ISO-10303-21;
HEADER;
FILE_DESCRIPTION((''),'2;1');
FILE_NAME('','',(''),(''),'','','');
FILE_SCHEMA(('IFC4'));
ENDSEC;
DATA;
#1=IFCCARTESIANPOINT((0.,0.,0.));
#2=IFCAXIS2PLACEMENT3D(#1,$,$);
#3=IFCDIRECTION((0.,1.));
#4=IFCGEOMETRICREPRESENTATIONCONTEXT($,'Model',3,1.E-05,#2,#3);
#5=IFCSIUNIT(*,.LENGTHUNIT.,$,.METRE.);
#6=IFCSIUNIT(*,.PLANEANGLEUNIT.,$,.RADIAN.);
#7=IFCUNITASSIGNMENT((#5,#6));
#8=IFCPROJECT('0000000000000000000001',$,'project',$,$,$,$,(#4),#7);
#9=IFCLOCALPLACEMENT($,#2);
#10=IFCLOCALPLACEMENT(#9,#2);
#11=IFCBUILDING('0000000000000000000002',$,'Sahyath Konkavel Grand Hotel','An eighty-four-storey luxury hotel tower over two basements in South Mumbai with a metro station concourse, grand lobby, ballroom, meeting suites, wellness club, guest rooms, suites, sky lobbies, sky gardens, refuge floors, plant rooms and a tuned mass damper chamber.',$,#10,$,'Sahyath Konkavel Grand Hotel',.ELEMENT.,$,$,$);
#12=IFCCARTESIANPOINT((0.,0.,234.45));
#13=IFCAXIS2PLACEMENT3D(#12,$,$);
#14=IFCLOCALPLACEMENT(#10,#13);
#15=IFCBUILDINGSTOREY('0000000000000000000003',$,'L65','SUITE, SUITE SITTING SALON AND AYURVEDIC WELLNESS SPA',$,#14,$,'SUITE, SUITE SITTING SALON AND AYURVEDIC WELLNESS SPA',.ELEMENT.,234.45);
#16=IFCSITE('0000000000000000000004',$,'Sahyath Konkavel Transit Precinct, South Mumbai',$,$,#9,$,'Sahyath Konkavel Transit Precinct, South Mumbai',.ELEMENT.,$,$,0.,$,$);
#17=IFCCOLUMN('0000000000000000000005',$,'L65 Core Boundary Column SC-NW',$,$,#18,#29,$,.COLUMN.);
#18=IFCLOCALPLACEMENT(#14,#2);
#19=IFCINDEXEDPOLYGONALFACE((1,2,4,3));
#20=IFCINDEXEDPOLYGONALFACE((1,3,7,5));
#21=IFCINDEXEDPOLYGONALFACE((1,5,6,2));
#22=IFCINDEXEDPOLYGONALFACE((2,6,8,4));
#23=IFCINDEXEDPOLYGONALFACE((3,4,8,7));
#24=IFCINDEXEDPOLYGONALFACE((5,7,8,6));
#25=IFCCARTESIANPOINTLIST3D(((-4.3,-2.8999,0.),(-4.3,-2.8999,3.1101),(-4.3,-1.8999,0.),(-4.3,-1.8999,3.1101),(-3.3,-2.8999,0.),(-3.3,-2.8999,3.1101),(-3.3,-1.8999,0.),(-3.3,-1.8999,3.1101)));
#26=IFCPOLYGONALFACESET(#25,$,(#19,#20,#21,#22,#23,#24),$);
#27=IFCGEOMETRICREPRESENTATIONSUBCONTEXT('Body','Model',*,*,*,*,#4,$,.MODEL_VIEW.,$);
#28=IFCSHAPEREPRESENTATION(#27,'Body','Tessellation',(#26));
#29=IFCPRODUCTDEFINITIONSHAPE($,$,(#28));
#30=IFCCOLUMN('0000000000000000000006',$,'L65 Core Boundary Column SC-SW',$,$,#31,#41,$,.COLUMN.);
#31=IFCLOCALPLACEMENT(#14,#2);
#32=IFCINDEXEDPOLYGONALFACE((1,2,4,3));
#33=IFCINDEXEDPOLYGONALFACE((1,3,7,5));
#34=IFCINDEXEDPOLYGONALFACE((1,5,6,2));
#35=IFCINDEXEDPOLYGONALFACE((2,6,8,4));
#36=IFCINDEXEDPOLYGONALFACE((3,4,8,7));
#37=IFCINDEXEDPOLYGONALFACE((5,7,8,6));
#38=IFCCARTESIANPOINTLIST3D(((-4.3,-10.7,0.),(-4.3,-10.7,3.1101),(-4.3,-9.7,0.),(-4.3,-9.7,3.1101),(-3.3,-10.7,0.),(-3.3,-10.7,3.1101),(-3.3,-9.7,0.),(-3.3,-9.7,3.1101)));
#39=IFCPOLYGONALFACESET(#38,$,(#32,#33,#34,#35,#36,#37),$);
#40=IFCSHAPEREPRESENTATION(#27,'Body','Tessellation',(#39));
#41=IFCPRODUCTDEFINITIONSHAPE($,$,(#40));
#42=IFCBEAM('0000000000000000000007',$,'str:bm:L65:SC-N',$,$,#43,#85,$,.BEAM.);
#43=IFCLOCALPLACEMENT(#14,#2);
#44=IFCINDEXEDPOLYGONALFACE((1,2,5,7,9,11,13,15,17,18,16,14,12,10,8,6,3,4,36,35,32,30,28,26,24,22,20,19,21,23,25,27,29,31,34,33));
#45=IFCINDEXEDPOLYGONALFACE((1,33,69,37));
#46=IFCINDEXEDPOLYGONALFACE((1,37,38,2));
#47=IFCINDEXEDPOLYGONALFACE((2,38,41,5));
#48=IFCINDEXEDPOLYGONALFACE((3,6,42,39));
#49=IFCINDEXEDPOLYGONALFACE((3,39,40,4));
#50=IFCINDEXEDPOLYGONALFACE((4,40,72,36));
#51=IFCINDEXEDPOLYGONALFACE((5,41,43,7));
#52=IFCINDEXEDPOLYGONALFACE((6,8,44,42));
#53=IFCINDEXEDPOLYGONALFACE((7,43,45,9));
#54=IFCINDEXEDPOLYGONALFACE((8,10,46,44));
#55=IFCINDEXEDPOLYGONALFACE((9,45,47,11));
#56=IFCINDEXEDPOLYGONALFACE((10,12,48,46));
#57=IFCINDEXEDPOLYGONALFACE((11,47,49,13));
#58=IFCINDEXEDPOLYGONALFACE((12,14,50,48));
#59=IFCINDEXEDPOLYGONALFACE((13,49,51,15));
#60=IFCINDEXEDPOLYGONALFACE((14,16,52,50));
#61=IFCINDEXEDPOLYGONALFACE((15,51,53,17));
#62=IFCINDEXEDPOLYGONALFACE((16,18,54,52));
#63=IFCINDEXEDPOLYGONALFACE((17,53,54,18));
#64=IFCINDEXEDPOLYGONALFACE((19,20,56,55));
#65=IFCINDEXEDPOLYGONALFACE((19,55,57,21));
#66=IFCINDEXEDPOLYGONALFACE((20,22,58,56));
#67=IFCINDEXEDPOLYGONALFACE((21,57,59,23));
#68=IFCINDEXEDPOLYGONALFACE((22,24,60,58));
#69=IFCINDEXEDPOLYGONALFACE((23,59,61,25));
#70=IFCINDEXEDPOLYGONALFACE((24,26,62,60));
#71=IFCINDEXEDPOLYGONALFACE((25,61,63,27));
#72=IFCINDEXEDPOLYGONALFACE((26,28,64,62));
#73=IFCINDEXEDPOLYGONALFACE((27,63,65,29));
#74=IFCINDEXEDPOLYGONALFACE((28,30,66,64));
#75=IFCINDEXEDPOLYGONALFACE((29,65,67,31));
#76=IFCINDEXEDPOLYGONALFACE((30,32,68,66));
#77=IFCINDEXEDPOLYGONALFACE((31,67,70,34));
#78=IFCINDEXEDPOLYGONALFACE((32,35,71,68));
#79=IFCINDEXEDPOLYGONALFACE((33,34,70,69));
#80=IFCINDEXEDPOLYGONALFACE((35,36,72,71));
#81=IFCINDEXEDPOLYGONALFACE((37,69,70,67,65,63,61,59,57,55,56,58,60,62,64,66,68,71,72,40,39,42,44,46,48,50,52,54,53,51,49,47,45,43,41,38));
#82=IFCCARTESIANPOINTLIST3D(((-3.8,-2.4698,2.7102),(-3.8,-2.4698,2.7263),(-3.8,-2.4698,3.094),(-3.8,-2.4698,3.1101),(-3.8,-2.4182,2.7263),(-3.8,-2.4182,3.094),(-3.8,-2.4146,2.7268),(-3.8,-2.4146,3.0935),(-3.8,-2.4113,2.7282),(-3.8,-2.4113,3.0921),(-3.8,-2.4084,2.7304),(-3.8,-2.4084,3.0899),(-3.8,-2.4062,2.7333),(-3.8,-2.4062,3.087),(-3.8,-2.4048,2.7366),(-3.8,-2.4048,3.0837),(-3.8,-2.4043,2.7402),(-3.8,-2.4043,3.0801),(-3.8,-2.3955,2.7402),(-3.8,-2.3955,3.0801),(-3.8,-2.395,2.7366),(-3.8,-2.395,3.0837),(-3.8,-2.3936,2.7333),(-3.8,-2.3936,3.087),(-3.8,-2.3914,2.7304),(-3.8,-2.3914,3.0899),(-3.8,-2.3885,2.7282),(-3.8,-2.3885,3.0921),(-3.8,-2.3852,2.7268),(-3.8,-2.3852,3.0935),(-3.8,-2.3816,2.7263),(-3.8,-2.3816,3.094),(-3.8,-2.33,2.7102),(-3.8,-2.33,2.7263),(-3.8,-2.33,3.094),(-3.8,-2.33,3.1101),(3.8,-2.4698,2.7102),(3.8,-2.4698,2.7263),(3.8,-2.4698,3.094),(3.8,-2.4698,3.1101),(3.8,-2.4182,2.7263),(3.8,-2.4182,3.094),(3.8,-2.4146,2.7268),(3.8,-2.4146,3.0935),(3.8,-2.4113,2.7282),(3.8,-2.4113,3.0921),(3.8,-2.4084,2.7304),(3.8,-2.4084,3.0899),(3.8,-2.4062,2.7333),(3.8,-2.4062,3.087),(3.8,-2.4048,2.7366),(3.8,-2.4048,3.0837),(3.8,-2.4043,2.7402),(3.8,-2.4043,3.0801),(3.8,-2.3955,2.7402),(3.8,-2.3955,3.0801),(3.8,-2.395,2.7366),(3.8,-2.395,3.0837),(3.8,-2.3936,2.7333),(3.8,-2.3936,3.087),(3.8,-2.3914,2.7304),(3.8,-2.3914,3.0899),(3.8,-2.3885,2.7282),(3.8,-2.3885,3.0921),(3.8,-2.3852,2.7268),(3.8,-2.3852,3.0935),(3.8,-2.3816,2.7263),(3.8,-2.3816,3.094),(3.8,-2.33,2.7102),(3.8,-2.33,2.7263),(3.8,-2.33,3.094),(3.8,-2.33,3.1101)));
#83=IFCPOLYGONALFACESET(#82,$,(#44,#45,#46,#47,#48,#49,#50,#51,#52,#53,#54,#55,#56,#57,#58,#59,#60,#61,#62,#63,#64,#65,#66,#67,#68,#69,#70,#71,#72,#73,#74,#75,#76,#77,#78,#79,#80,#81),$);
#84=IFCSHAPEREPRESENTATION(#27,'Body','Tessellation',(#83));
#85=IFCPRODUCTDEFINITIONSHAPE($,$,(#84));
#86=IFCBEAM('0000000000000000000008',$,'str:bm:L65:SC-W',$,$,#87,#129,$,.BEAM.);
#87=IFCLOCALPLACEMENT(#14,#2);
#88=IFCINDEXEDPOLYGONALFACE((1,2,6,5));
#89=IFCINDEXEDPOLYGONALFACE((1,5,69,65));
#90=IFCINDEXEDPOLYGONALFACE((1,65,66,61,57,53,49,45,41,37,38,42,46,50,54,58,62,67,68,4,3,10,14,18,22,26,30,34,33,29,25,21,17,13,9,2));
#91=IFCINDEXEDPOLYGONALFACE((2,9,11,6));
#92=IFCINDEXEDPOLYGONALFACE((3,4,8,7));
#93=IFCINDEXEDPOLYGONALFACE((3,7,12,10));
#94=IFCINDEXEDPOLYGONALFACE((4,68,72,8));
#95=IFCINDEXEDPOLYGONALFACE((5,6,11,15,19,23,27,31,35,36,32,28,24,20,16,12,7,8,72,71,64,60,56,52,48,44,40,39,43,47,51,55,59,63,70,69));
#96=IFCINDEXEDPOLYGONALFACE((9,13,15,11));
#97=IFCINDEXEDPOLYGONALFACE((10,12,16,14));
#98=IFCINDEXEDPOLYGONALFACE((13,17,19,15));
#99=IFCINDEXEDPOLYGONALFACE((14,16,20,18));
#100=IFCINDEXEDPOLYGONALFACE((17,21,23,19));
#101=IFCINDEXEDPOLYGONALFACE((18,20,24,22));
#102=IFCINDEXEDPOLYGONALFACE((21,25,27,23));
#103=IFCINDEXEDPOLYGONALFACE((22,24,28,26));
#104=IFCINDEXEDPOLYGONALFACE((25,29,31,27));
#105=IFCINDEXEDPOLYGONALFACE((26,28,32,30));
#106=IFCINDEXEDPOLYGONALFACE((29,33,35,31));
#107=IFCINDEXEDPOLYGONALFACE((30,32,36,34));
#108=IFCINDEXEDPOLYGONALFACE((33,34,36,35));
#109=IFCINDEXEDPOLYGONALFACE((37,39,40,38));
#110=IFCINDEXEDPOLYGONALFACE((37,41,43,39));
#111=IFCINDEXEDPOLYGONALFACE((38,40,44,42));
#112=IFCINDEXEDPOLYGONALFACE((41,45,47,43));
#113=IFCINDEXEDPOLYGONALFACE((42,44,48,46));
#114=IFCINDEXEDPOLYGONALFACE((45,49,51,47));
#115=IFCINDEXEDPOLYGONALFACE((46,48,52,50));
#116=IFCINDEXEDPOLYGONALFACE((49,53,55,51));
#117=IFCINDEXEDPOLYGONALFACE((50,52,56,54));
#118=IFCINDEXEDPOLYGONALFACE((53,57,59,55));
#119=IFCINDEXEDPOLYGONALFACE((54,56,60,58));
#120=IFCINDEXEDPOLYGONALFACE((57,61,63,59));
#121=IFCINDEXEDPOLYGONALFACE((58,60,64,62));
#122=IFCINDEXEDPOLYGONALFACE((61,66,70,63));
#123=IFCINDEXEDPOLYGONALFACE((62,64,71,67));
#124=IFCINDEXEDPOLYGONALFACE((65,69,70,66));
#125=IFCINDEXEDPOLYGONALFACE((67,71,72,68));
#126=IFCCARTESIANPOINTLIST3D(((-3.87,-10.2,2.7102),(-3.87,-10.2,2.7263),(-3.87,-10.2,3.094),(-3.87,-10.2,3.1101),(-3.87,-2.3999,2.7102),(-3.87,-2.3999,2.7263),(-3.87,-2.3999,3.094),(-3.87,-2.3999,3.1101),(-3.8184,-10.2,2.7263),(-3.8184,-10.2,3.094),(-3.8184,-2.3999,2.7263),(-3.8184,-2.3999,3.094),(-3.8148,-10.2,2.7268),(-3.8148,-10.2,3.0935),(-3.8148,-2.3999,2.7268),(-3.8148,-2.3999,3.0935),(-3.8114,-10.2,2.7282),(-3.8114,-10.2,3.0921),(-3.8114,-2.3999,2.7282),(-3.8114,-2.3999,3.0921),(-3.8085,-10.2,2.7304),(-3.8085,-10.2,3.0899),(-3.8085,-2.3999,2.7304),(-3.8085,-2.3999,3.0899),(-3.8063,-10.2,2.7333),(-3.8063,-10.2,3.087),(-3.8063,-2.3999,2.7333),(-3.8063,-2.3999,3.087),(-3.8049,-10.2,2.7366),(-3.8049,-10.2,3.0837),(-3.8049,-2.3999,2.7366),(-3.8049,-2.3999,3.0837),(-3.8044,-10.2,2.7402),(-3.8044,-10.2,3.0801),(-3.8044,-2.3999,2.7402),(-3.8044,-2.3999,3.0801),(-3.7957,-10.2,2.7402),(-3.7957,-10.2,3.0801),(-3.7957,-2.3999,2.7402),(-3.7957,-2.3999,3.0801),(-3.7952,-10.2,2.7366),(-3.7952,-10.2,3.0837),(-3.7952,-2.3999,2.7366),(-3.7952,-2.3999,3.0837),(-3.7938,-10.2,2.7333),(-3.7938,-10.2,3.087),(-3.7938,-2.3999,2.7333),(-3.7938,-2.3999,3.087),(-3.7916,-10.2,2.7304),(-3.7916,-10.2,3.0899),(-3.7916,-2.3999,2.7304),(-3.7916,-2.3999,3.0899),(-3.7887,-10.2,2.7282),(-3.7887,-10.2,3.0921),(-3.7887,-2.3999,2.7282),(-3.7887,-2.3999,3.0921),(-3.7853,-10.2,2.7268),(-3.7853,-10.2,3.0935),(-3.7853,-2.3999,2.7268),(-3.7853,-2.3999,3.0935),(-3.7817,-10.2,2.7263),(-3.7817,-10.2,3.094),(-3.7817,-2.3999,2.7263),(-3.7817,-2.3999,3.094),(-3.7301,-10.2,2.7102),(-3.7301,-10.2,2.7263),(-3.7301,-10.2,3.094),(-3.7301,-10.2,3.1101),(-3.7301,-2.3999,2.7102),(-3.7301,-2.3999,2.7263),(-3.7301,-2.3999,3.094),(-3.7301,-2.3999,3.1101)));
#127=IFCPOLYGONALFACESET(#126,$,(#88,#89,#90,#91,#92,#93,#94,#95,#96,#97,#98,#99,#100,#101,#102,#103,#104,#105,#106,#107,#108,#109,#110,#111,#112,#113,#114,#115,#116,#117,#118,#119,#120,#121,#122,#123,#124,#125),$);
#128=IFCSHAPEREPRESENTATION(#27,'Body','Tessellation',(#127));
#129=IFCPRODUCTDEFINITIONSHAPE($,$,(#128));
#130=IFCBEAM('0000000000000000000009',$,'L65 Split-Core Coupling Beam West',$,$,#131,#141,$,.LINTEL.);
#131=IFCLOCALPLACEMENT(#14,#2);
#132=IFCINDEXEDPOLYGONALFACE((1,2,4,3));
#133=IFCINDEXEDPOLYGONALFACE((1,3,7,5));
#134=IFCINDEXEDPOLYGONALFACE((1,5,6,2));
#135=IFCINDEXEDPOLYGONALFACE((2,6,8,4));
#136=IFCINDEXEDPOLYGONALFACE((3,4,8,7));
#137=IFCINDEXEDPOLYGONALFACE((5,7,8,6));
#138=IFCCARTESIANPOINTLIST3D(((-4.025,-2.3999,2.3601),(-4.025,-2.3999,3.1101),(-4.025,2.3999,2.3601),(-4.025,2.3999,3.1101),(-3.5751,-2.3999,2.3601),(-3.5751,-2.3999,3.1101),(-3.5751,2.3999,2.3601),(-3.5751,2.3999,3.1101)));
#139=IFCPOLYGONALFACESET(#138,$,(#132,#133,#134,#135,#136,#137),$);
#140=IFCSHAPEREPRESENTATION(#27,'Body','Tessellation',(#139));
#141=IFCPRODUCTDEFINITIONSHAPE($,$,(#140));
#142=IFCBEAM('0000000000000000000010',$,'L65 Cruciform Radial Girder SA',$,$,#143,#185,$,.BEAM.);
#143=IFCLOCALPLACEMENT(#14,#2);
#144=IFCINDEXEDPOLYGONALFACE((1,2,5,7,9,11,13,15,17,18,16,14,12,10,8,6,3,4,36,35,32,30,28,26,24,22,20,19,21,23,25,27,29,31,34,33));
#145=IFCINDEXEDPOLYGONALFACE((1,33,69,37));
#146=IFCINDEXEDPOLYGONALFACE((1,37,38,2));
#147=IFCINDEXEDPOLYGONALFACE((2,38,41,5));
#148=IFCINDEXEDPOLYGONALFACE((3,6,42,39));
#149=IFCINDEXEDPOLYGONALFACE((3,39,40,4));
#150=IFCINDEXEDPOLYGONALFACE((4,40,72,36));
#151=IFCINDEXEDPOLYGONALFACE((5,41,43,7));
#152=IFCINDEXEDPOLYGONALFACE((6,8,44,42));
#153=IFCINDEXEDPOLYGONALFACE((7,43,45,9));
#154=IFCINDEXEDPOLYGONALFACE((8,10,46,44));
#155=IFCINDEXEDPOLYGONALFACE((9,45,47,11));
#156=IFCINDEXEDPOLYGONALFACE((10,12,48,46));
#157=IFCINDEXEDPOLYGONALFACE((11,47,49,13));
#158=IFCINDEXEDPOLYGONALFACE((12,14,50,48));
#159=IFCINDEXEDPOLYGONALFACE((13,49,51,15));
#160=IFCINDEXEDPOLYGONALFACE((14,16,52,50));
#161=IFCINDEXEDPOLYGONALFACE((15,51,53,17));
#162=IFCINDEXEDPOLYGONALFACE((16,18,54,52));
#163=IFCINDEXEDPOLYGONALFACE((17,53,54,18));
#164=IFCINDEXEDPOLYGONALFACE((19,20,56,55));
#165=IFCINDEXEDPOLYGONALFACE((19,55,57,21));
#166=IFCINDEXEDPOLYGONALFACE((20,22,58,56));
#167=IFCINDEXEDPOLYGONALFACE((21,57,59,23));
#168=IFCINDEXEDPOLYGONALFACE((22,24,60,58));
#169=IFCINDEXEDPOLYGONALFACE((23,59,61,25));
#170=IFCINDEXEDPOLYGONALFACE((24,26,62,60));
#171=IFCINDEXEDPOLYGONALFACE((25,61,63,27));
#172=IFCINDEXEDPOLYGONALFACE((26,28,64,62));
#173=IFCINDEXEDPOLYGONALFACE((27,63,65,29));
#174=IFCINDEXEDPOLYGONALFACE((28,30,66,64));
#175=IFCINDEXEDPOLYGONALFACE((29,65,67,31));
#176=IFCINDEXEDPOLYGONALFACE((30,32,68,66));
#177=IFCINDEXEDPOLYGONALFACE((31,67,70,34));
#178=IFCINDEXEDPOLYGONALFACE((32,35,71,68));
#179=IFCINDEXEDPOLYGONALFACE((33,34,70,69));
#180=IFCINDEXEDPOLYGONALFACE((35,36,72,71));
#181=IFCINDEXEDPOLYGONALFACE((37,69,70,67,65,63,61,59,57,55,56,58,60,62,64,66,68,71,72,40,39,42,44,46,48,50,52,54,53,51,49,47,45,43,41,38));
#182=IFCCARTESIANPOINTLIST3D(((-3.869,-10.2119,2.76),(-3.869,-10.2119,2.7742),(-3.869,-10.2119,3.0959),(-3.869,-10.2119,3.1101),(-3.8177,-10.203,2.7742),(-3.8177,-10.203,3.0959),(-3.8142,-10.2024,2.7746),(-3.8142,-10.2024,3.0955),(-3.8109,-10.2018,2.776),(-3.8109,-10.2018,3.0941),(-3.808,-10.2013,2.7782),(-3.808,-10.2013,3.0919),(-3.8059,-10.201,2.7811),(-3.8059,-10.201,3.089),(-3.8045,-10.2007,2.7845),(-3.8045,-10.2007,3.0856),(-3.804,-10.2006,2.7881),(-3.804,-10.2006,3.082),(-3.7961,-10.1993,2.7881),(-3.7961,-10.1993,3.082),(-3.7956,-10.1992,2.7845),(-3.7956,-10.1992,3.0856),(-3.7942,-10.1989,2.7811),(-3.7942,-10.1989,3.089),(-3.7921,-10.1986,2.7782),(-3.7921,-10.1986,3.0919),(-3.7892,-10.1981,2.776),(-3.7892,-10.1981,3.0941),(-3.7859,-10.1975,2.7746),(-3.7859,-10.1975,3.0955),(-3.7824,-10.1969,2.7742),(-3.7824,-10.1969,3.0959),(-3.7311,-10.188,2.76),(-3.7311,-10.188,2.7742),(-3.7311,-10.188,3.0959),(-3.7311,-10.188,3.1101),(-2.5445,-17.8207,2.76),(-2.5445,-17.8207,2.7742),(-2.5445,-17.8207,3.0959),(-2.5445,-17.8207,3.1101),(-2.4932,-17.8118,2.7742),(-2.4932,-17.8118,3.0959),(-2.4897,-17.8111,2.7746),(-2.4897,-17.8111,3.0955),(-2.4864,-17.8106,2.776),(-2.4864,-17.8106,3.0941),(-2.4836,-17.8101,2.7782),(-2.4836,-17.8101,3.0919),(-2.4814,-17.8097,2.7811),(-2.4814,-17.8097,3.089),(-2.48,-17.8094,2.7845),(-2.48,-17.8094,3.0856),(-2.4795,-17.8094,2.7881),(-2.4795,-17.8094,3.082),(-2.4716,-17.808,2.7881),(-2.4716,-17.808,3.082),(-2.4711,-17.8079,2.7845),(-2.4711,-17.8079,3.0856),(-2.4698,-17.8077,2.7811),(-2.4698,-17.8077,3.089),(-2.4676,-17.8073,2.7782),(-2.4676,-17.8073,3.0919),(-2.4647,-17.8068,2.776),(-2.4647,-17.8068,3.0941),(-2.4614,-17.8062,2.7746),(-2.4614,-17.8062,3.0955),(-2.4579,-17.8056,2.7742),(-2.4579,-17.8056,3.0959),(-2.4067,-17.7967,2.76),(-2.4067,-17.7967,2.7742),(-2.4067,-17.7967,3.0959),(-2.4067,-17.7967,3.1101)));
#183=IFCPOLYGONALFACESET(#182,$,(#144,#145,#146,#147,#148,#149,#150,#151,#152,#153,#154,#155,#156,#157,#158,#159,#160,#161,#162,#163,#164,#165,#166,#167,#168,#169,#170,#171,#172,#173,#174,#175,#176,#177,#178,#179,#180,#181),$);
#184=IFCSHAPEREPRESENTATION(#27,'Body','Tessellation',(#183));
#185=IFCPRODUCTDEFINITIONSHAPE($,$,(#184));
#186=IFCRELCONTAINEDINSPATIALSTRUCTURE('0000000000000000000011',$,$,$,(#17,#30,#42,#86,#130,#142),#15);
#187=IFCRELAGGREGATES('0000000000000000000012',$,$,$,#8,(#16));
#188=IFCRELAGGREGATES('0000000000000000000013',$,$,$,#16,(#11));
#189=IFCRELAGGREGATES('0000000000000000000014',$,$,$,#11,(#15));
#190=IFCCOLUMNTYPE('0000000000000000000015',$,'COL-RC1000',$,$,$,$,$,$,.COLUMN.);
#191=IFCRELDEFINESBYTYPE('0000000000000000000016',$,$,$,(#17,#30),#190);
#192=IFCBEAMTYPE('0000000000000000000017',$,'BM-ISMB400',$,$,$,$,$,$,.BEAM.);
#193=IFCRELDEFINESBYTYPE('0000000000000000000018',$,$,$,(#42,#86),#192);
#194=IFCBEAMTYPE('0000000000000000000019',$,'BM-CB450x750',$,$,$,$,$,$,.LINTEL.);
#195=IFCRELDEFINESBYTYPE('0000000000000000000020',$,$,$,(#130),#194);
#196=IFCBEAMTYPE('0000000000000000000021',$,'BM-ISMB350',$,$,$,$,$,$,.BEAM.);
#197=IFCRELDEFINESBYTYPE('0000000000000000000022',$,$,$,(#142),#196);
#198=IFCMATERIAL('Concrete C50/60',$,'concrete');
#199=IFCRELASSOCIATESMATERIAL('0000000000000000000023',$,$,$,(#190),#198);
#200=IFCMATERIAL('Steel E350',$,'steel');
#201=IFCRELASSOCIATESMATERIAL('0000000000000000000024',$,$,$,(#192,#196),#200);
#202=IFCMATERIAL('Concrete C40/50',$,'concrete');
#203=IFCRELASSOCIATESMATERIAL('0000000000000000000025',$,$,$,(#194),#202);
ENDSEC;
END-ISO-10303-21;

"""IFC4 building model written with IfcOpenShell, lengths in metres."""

from ifc_helpers import new_model, si_unit, direction, frame, origin, origin_2d, place, context, subcontext, project, spatial, rectangle, i_section, extrude, source, transform, mapped, material, material_profile, profile_set, type_object, element, save


model = new_model("IFC4")

# Units and contexts
model_context = context("Model", 3, precision=1e-05, world=origin(), true_north=direction((0.0, 1.0)))
body_context = subcontext(model_context, "Body", "Model", "MODEL_VIEW")
ifc_project = project(units=[si_unit("LENGTHUNIT", "METRE"), si_unit("PLANEANGLEUNIT", "RADIAN")], contexts=[model_context])

# Site, building, storey
site_placement = place(None, origin())
site = spatial("IfcSite", under=ifc_project, at=site_placement, Name="Sahyath Konkavel Transit Precinct, South Mumbai", LongName="Sahyath Konkavel Transit Precinct, South Mumbai", CompositionType="ELEMENT", RefElevation=0.0)
building_placement = place(site_placement, origin())
building = spatial("IfcBuilding", under=site, at=building_placement, Name="Sahyath Konkavel Grand Hotel", Description="An eighty-four-storey luxury hotel tower over two basements in South Mumbai with a metro station concourse, grand lobby, ballroom, meeting suites, wellness club, guest rooms, suites, sky lobbies, sky gardens, refuge floors, plant rooms and a tuned mass damper chamber.", LongName="Sahyath Konkavel Grand Hotel", CompositionType="ELEMENT")
storey_placement = place(building_placement, frame((0.0, 0.0, 234.45)))
storey = spatial("IfcBuildingStorey", under=building, at=storey_placement, Name="L65", Description="SUITE, SUITE SITTING SALON AND AYURVEDIC WELLNESS SPA", LongName="SUITE, SUITE SITTING SALON AND AYURVEDIC WELLNESS SPA", CompositionType="ELEMENT", Elevation=234.45)

# Columns
ifc_material_1 = material(Name="Concrete C50/60", Category="concrete")
ifc_material_profile_1 = material_profile(ifc_material_1, rectangle(XDim=1.0, YDim=1.0, at=origin_2d()), Name="RC 1000x1000")
ifc_profile_set_1 = profile_set([ifc_material_profile_1], Name="Concrete C50/60")
column_type = type_object("IfcColumnType", Name="COL-RC1000", PredefinedType="COLUMN", material=ifc_profile_set_1)
shared_shape_1 = source(origin(), body_context, "Body", "SweptSolid", [
    extrude(rectangle(XDim=1.0, YDim=1.0, at=origin_2d()), origin(), (0.0, 0.0, 1.0), 3.1101),
])
for number, where, z_axis, x_axis, name in (
    (1, (-3.8, -2.3999, 0.0), (0.0, 0.0, 1.0), (1.0, 0.0, 0.0), "L65 Core Boundary Column SC-NW"),
    (2, (-3.8, -10.2, 0.0), (0.0, 0.0, 1.0), (1.0, 0.0, 0.0), "L65 Core Boundary Column SC-SW"),
):
    element("IfcColumn", number, at=place(storey_placement, frame(where, z_axis=z_axis, x_axis=x_axis)), inside=storey, type_object=column_type, Name=name, PredefinedType="COLUMN", context=body_context, shape_type="MappedRepresentation", body=[
        mapped(shared_shape_1, transform((0.0, 0.0, 0.0), scale=1.0)),
    ])

# Beams
ifc_material_2 = material(Name="Steel E350", Category="steel")
ifc_material_profile_2 = material_profile(ifc_material_2, i_section(OverallWidth=0.1399, OverallDepth=0.3999, WebThickness=0.0088, FlangeThickness=0.0161, FilletRadius=0.0139, at=origin_2d()), Name="ISMB 400")
ifc_profile_set_2 = profile_set([ifc_material_profile_2], Name="Steel E350")
beam_type_1 = type_object("IfcBeamType", Name="BM-ISMB400", PredefinedType="BEAM", material=ifc_profile_set_2)
shared_shape_2 = source(origin(), body_context, "Body", "SweptSolid", [
    extrude(i_section(OverallWidth=0.1399, OverallDepth=0.3999, WebThickness=0.0088, FlangeThickness=0.0161, FilletRadius=0.0139, at=origin_2d()), origin(), (0.0, 0.0, 1.0), 7.6001),
])
beam_1_placement = place(storey_placement, frame((-3.8, -2.3999, 2.9102), z_axis=(1.0, 0.0, 0.0), x_axis=(0.0, 1.0, 0.0)))
element("IfcBeam", 3, at=beam_1_placement, inside=storey, type_object=beam_type_1, Name="str:bm:L65:SC-N", PredefinedType="BEAM", context=body_context, shape_type="MappedRepresentation", body=[
    mapped(shared_shape_2, transform((0.0, 0.0, 0.0), scale=1.0)),
])
shared_shape_3 = source(origin(), body_context, "Body", "SweptSolid", [
    extrude(i_section(OverallWidth=0.1399, OverallDepth=0.3999, WebThickness=0.0088, FlangeThickness=0.0161, FilletRadius=0.0139, at=origin_2d()), origin(), (0.0, 0.0, 1.0), 7.8),
])
beam_2_placement = place(storey_placement, frame((-3.8, -10.2, 2.9102), z_axis=(0.0, 1.0, 0.0), x_axis=(-1.0, 0.0, 0.0)))
element("IfcBeam", 4, at=beam_2_placement, inside=storey, type_object=beam_type_1, Name="str:bm:L65:SC-W", PredefinedType="BEAM", context=body_context, shape_type="MappedRepresentation", body=[
    mapped(shared_shape_3, transform((0.0, 0.0, 0.0), scale=1.0)),
])
ifc_material_3 = material(Name="Concrete C40/50", Category="concrete")
ifc_material_profile_3 = material_profile(ifc_material_3, rectangle(XDim=0.45, YDim=0.75, at=origin_2d()), Name="RC 450x750")
ifc_profile_set_3 = profile_set([ifc_material_profile_3], Name="Concrete C40/50")
beam_type_2 = type_object("IfcBeamType", Name="BM-CB450x750", PredefinedType="LINTEL", material=ifc_profile_set_3)
shared_shape_4 = source(origin(), body_context, "Body", "SweptSolid", [
    extrude(rectangle(XDim=0.45, YDim=0.75, at=origin_2d()), origin(), (0.0, 0.0, 1.0), 4.7998),
])
beam_3_placement = place(storey_placement, frame((-3.8, -2.3999, 2.7351), z_axis=(0.0, 1.0, 0.0), x_axis=(-1.0, 0.0, 0.0)))
element("IfcBeam", 5, at=beam_3_placement, inside=storey, type_object=beam_type_2, Name="L65 Split-Core Coupling Beam West", PredefinedType="LINTEL", context=body_context, shape_type="MappedRepresentation", body=[
    mapped(shared_shape_4, transform((0.0, 0.0, 0.0), scale=1.0)),
])
ifc_material_profile_4 = material_profile(ifc_material_2, i_section(OverallWidth=0.1399, OverallDepth=0.3501, WebThickness=0.0081, FlangeThickness=0.0142, FilletRadius=0.0139, at=origin_2d()), Name="ISMB 350")
ifc_profile_set_4 = profile_set([ifc_material_profile_4], Name="Steel E350")
beam_type_3 = type_object("IfcBeamType", Name="BM-ISMB350", PredefinedType="BEAM", material=ifc_profile_set_4)
shared_shape_5 = source(origin(), body_context, "Body", "SweptSolid", [
    extrude(i_section(OverallWidth=0.1399, OverallDepth=0.3501, WebThickness=0.0081, FlangeThickness=0.0142, FilletRadius=0.0139, at=origin_2d()), origin(), (0.0, 0.0, 1.0), 7.7231),
])
beam_4_placement = place(storey_placement, frame((-3.8, -10.2, 2.9351), z_axis=(0.171495, -0.985185, 0.0), x_axis=(0.985185, 0.171495, 0.0)))
element("IfcBeam", 6, at=beam_4_placement, inside=storey, type_object=beam_type_3, Name="L65 Cruciform Radial Girder SA", PredefinedType="BEAM", context=body_context, shape_type="MappedRepresentation", body=[
    mapped(shared_shape_5, transform((0.0, 0.0, 0.0), scale=1.0)),
])

save(model, "model.ifc")
